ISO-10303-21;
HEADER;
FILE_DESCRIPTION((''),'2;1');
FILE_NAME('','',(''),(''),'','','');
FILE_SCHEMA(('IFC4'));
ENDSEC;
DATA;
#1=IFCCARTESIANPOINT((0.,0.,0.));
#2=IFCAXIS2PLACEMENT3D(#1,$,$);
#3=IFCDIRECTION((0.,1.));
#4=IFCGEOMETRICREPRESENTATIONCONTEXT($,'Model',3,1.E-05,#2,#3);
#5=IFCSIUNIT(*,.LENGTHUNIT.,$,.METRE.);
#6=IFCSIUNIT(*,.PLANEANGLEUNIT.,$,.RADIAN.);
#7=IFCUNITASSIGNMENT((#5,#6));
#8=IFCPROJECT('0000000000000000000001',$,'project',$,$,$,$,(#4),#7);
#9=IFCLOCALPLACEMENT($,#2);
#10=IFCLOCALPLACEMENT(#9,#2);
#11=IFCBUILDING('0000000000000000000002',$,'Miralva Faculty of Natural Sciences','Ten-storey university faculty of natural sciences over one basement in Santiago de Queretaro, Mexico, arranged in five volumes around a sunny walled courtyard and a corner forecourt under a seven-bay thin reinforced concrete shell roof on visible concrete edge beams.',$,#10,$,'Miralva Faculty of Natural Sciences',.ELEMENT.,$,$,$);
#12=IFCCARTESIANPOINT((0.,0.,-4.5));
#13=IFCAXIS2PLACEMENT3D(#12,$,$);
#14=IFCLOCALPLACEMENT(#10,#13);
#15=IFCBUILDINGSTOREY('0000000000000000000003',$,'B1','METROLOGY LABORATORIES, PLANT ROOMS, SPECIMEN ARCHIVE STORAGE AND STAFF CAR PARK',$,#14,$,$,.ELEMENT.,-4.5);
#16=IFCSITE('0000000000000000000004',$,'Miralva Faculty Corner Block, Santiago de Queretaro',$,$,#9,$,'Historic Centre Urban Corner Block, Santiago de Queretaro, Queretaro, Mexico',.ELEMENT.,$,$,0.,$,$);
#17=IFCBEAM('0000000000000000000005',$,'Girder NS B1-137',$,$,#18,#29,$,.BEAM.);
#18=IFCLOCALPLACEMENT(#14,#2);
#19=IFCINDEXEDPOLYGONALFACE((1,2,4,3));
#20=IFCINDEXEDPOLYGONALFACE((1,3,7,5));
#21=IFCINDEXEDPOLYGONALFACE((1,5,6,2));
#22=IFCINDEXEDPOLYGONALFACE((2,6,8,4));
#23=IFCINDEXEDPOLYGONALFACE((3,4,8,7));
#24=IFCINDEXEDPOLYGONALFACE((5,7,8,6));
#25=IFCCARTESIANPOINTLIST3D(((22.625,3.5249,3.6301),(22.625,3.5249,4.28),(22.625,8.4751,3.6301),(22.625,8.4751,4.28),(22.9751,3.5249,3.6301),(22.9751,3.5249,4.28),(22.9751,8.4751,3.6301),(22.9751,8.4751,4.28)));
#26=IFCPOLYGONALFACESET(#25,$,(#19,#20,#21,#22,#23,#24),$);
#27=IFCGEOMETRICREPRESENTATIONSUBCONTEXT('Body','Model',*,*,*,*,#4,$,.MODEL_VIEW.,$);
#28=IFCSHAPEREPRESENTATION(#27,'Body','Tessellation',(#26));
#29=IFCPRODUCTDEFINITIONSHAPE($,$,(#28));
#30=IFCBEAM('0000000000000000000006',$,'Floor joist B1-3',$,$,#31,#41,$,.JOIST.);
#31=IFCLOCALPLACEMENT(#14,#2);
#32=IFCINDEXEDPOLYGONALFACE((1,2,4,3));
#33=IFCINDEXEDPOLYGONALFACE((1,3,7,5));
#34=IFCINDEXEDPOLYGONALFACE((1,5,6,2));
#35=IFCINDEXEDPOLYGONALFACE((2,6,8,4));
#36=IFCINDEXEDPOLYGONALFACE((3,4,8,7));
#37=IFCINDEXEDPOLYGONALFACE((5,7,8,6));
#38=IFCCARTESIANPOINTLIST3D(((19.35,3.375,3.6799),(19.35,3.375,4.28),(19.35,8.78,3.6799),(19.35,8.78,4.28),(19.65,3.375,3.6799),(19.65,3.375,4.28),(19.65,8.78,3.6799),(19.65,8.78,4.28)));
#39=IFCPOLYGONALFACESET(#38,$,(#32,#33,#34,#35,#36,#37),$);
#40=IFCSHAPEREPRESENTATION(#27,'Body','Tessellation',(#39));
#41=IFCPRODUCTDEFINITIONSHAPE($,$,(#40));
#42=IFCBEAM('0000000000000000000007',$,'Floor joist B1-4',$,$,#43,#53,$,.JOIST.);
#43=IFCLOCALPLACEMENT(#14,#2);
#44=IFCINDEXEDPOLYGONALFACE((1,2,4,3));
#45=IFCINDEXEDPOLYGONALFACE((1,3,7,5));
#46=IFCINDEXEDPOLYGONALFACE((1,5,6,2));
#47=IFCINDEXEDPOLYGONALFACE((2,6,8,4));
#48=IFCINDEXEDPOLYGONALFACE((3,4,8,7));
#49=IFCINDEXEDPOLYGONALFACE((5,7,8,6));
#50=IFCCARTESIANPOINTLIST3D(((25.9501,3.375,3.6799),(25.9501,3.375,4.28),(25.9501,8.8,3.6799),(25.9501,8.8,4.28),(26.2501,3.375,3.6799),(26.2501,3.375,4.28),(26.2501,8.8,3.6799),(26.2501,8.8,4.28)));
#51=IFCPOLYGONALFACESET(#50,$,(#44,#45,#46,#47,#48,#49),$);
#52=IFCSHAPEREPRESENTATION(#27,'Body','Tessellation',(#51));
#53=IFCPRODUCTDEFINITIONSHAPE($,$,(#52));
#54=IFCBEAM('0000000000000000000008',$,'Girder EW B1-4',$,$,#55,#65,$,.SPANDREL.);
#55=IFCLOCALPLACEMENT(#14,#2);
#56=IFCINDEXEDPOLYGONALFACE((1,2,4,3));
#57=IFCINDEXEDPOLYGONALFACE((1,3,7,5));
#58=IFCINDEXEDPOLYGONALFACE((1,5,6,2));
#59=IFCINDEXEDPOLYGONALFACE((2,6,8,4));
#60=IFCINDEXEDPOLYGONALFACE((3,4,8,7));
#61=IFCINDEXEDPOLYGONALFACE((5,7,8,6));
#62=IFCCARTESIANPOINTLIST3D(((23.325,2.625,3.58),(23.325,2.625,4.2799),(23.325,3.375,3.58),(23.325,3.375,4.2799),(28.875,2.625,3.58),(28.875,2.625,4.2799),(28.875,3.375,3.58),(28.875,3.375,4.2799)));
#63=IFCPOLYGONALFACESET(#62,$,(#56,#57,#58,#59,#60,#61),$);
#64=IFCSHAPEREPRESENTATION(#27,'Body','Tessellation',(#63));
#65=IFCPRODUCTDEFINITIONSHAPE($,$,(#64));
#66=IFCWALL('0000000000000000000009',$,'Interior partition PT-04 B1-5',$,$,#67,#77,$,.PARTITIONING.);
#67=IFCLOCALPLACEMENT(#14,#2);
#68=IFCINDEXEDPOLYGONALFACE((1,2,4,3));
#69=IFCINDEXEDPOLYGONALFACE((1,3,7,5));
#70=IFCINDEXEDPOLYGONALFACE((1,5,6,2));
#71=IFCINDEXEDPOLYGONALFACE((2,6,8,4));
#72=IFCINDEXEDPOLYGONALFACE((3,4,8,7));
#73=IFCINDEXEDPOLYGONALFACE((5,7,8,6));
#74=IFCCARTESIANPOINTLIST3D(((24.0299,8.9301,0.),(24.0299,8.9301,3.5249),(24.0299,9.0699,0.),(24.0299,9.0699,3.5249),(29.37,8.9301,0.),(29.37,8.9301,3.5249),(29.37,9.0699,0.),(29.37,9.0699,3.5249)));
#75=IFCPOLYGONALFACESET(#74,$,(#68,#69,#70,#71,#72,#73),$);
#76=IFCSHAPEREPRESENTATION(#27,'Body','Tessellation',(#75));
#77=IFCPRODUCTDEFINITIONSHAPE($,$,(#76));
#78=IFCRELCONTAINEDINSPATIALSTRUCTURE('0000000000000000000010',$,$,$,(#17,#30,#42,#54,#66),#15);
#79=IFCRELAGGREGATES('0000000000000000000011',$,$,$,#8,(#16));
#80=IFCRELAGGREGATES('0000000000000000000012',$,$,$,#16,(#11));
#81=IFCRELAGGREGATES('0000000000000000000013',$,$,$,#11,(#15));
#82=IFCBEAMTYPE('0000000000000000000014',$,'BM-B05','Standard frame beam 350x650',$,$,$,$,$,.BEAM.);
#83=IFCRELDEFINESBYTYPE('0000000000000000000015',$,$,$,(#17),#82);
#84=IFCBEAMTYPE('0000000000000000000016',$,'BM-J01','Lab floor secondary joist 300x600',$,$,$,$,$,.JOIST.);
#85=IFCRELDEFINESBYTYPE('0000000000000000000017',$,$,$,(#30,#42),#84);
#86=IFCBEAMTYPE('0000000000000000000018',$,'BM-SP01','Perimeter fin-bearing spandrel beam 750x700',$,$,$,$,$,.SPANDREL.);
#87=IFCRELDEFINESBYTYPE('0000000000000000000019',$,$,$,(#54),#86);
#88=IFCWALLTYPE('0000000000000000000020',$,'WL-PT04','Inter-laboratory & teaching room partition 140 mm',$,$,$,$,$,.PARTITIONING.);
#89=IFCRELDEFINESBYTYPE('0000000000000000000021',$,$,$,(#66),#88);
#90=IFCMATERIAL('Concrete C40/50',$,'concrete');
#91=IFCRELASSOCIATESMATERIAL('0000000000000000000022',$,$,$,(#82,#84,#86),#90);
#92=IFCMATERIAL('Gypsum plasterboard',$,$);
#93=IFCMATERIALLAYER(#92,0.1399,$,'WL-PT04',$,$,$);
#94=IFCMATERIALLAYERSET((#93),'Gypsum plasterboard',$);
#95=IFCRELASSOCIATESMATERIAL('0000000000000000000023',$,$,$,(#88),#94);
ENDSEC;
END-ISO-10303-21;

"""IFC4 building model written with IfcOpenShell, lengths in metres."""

from ifc_helpers import new_model, si_unit, direction, frame, frame_2d, origin, origin_2d, place, context, subcontext, project, spatial, rectangle, extrude, material, layer, layer_set, material_profile, profile_set, type_object, element, save


model = new_model("IFC4")

# Units and contexts
model_context = context("Model", 3, precision=1e-05, world=origin(), true_north=direction((0.0, 1.0)))
body_context = subcontext(model_context, "Body", "Model", "MODEL_VIEW")
ifc_project = project(units=[si_unit("LENGTHUNIT", "METRE"), si_unit("PLANEANGLEUNIT", "RADIAN")], contexts=[model_context])

# Site, building, storey
site_placement = place(None, origin())
site = spatial("IfcSite", under=ifc_project, at=site_placement, Name="Miralva Faculty Corner Block, Santiago de Queretaro", LongName="Historic Centre Urban Corner Block, Santiago de Queretaro, Queretaro, Mexico", CompositionType="ELEMENT", RefElevation=0.0)
building_placement = place(site_placement, origin())
building = spatial("IfcBuilding", under=site, at=building_placement, Name="Miralva Faculty of Natural Sciences", Description="Ten-storey university faculty of natural sciences over one basement in Santiago de Queretaro, Mexico, arranged in five volumes around a sunny walled courtyard and a corner forecourt under a seven-bay thin reinforced concrete shell roof on visible concrete edge beams.", LongName="Miralva Faculty of Natural Sciences", CompositionType="ELEMENT")
storey_placement = place(building_placement, frame((0.0, 0.0, -4.5)))
storey = spatial("IfcBuildingStorey", under=building, at=storey_placement, Name="B1", Description="METROLOGY LABORATORIES, PLANT ROOMS, SPECIMEN ARCHIVE STORAGE AND STAFF CAR PARK", CompositionType="ELEMENT", Elevation=-4.5)

# Beams
ifc_material_1 = material(Name="Concrete C40/50", Category="concrete")
ifc_material_profile_1 = material_profile(ifc_material_1, rectangle(XDim=0.3501, YDim=0.6499, at=origin_2d()), Name="RC 350x650")
ifc_profile_set_1 = profile_set([ifc_material_profile_1], Name="Concrete C40/50")
beam_type_1 = type_object("IfcBeamType", Name="BM-B05", Description="Standard frame beam 350x650", PredefinedType="BEAM", material=ifc_profile_set_1)
beam_1_placement = place(storey_placement, frame((22.8, 3.5249, 3.9551), z_axis=(0.0, 1.0, 0.0), x_axis=(-1.0, 0.0, 0.0)))
element("IfcBeam", 1, at=beam_1_placement, inside=storey, type_object=beam_type_1, Name="Girder NS B1-137", PredefinedType="BEAM", context=body_context, shape_type="SweptSolid", body=[
    extrude(rectangle(XDim=0.3501, YDim=0.6499, at=origin_2d()), origin(), (0.0, 0.0, 1.0), 4.9502),
])
ifc_material_profile_2 = material_profile(ifc_material_1, rectangle(XDim=0.3, YDim=0.6001, at=origin_2d()), Name="RC 300x600")
ifc_profile_set_2 = profile_set([ifc_material_profile_2], Name="Concrete C40/50")
beam_type_2 = type_object("IfcBeamType", Name="BM-J01", Description="Lab floor secondary joist 300x600", PredefinedType="JOIST", material=ifc_profile_set_2)
beam_2_placement = place(storey_placement, frame((19.5, 3.375, 3.98), z_axis=(0.0, 1.0, 0.0), x_axis=(-1.0, 0.0, 0.0)))
element("IfcBeam", 2, at=beam_2_placement, inside=storey, type_object=beam_type_2, Name="Floor joist B1-3", PredefinedType="JOIST", context=body_context, shape_type="SweptSolid", body=[
    extrude(rectangle(XDim=0.3, YDim=0.6001, at=origin_2d()), origin(), (0.0, 0.0, 1.0), 5.405),
])
beam_3_placement = place(storey_placement, frame((26.1001, 3.375, 3.98), z_axis=(0.0, 1.0, 0.0), x_axis=(-1.0, 0.0, 0.0)))
element("IfcBeam", 3, at=beam_3_placement, inside=storey, type_object=beam_type_2, Name="Floor joist B1-4", PredefinedType="JOIST", context=body_context, shape_type="SweptSolid", body=[
    extrude(rectangle(XDim=0.3, YDim=0.6001, at=origin_2d()), origin(), (0.0, 0.0, 1.0), 5.425),
])
ifc_material_profile_3 = material_profile(ifc_material_1, rectangle(XDim=0.75, YDim=0.7, at=origin_2d()), Name="RC 750x700")
ifc_profile_set_3 = profile_set([ifc_material_profile_3], Name="Concrete C40/50")
beam_type_3 = type_object("IfcBeamType", Name="BM-SP01", Description="Perimeter fin-bearing spandrel beam 750x700", PredefinedType="SPANDREL", material=ifc_profile_set_3)
beam_4_placement = place(storey_placement, frame((23.325, 3.0, 3.9299), z_axis=(1.0, 0.0, 0.0), x_axis=(0.0, 1.0, 0.0)))
element("IfcBeam", 4, at=beam_4_placement, inside=storey, type_object=beam_type_3, Name="Girder EW B1-4", PredefinedType="SPANDREL", context=body_context, shape_type="SweptSolid", body=[
    extrude(rectangle(XDim=0.75, YDim=0.7, at=origin_2d()), origin(), (0.0, 0.0, 1.0), 5.55),
])

# Wall
ifc_material_2 = material(Name="Gypsum plasterboard")
ifc_layer_1 = layer(ifc_material_2, 0.1399, Name="WL-PT04")
ifc_layer_set_1 = layer_set([ifc_layer_1], Name="Gypsum plasterboard")
wall_type = type_object("IfcWallType", Name="WL-PT04", Description="Inter-laboratory & teaching room partition 140 mm", PredefinedType="PARTITIONING", material=ifc_layer_set_1)
wall_placement = place(storey_placement, frame((24.03, 9.0, 0.0), z_axis=(0.0, 0.0, 1.0), x_axis=(1.0, 0.0, 0.0)))
element("IfcWall", 5, at=wall_placement, inside=storey, type_object=wall_type, Name="Interior partition PT-04 B1-5", PredefinedType="PARTITIONING", context=body_context, shape_type="SweptSolid", body=[
    extrude(rectangle(XDim=5.3401, YDim=0.1399, at=frame_2d((2.6699, 0.0))), origin(), (0.0, 0.0, 1.0), 3.5249),
])

save(model, "model.ifc")
